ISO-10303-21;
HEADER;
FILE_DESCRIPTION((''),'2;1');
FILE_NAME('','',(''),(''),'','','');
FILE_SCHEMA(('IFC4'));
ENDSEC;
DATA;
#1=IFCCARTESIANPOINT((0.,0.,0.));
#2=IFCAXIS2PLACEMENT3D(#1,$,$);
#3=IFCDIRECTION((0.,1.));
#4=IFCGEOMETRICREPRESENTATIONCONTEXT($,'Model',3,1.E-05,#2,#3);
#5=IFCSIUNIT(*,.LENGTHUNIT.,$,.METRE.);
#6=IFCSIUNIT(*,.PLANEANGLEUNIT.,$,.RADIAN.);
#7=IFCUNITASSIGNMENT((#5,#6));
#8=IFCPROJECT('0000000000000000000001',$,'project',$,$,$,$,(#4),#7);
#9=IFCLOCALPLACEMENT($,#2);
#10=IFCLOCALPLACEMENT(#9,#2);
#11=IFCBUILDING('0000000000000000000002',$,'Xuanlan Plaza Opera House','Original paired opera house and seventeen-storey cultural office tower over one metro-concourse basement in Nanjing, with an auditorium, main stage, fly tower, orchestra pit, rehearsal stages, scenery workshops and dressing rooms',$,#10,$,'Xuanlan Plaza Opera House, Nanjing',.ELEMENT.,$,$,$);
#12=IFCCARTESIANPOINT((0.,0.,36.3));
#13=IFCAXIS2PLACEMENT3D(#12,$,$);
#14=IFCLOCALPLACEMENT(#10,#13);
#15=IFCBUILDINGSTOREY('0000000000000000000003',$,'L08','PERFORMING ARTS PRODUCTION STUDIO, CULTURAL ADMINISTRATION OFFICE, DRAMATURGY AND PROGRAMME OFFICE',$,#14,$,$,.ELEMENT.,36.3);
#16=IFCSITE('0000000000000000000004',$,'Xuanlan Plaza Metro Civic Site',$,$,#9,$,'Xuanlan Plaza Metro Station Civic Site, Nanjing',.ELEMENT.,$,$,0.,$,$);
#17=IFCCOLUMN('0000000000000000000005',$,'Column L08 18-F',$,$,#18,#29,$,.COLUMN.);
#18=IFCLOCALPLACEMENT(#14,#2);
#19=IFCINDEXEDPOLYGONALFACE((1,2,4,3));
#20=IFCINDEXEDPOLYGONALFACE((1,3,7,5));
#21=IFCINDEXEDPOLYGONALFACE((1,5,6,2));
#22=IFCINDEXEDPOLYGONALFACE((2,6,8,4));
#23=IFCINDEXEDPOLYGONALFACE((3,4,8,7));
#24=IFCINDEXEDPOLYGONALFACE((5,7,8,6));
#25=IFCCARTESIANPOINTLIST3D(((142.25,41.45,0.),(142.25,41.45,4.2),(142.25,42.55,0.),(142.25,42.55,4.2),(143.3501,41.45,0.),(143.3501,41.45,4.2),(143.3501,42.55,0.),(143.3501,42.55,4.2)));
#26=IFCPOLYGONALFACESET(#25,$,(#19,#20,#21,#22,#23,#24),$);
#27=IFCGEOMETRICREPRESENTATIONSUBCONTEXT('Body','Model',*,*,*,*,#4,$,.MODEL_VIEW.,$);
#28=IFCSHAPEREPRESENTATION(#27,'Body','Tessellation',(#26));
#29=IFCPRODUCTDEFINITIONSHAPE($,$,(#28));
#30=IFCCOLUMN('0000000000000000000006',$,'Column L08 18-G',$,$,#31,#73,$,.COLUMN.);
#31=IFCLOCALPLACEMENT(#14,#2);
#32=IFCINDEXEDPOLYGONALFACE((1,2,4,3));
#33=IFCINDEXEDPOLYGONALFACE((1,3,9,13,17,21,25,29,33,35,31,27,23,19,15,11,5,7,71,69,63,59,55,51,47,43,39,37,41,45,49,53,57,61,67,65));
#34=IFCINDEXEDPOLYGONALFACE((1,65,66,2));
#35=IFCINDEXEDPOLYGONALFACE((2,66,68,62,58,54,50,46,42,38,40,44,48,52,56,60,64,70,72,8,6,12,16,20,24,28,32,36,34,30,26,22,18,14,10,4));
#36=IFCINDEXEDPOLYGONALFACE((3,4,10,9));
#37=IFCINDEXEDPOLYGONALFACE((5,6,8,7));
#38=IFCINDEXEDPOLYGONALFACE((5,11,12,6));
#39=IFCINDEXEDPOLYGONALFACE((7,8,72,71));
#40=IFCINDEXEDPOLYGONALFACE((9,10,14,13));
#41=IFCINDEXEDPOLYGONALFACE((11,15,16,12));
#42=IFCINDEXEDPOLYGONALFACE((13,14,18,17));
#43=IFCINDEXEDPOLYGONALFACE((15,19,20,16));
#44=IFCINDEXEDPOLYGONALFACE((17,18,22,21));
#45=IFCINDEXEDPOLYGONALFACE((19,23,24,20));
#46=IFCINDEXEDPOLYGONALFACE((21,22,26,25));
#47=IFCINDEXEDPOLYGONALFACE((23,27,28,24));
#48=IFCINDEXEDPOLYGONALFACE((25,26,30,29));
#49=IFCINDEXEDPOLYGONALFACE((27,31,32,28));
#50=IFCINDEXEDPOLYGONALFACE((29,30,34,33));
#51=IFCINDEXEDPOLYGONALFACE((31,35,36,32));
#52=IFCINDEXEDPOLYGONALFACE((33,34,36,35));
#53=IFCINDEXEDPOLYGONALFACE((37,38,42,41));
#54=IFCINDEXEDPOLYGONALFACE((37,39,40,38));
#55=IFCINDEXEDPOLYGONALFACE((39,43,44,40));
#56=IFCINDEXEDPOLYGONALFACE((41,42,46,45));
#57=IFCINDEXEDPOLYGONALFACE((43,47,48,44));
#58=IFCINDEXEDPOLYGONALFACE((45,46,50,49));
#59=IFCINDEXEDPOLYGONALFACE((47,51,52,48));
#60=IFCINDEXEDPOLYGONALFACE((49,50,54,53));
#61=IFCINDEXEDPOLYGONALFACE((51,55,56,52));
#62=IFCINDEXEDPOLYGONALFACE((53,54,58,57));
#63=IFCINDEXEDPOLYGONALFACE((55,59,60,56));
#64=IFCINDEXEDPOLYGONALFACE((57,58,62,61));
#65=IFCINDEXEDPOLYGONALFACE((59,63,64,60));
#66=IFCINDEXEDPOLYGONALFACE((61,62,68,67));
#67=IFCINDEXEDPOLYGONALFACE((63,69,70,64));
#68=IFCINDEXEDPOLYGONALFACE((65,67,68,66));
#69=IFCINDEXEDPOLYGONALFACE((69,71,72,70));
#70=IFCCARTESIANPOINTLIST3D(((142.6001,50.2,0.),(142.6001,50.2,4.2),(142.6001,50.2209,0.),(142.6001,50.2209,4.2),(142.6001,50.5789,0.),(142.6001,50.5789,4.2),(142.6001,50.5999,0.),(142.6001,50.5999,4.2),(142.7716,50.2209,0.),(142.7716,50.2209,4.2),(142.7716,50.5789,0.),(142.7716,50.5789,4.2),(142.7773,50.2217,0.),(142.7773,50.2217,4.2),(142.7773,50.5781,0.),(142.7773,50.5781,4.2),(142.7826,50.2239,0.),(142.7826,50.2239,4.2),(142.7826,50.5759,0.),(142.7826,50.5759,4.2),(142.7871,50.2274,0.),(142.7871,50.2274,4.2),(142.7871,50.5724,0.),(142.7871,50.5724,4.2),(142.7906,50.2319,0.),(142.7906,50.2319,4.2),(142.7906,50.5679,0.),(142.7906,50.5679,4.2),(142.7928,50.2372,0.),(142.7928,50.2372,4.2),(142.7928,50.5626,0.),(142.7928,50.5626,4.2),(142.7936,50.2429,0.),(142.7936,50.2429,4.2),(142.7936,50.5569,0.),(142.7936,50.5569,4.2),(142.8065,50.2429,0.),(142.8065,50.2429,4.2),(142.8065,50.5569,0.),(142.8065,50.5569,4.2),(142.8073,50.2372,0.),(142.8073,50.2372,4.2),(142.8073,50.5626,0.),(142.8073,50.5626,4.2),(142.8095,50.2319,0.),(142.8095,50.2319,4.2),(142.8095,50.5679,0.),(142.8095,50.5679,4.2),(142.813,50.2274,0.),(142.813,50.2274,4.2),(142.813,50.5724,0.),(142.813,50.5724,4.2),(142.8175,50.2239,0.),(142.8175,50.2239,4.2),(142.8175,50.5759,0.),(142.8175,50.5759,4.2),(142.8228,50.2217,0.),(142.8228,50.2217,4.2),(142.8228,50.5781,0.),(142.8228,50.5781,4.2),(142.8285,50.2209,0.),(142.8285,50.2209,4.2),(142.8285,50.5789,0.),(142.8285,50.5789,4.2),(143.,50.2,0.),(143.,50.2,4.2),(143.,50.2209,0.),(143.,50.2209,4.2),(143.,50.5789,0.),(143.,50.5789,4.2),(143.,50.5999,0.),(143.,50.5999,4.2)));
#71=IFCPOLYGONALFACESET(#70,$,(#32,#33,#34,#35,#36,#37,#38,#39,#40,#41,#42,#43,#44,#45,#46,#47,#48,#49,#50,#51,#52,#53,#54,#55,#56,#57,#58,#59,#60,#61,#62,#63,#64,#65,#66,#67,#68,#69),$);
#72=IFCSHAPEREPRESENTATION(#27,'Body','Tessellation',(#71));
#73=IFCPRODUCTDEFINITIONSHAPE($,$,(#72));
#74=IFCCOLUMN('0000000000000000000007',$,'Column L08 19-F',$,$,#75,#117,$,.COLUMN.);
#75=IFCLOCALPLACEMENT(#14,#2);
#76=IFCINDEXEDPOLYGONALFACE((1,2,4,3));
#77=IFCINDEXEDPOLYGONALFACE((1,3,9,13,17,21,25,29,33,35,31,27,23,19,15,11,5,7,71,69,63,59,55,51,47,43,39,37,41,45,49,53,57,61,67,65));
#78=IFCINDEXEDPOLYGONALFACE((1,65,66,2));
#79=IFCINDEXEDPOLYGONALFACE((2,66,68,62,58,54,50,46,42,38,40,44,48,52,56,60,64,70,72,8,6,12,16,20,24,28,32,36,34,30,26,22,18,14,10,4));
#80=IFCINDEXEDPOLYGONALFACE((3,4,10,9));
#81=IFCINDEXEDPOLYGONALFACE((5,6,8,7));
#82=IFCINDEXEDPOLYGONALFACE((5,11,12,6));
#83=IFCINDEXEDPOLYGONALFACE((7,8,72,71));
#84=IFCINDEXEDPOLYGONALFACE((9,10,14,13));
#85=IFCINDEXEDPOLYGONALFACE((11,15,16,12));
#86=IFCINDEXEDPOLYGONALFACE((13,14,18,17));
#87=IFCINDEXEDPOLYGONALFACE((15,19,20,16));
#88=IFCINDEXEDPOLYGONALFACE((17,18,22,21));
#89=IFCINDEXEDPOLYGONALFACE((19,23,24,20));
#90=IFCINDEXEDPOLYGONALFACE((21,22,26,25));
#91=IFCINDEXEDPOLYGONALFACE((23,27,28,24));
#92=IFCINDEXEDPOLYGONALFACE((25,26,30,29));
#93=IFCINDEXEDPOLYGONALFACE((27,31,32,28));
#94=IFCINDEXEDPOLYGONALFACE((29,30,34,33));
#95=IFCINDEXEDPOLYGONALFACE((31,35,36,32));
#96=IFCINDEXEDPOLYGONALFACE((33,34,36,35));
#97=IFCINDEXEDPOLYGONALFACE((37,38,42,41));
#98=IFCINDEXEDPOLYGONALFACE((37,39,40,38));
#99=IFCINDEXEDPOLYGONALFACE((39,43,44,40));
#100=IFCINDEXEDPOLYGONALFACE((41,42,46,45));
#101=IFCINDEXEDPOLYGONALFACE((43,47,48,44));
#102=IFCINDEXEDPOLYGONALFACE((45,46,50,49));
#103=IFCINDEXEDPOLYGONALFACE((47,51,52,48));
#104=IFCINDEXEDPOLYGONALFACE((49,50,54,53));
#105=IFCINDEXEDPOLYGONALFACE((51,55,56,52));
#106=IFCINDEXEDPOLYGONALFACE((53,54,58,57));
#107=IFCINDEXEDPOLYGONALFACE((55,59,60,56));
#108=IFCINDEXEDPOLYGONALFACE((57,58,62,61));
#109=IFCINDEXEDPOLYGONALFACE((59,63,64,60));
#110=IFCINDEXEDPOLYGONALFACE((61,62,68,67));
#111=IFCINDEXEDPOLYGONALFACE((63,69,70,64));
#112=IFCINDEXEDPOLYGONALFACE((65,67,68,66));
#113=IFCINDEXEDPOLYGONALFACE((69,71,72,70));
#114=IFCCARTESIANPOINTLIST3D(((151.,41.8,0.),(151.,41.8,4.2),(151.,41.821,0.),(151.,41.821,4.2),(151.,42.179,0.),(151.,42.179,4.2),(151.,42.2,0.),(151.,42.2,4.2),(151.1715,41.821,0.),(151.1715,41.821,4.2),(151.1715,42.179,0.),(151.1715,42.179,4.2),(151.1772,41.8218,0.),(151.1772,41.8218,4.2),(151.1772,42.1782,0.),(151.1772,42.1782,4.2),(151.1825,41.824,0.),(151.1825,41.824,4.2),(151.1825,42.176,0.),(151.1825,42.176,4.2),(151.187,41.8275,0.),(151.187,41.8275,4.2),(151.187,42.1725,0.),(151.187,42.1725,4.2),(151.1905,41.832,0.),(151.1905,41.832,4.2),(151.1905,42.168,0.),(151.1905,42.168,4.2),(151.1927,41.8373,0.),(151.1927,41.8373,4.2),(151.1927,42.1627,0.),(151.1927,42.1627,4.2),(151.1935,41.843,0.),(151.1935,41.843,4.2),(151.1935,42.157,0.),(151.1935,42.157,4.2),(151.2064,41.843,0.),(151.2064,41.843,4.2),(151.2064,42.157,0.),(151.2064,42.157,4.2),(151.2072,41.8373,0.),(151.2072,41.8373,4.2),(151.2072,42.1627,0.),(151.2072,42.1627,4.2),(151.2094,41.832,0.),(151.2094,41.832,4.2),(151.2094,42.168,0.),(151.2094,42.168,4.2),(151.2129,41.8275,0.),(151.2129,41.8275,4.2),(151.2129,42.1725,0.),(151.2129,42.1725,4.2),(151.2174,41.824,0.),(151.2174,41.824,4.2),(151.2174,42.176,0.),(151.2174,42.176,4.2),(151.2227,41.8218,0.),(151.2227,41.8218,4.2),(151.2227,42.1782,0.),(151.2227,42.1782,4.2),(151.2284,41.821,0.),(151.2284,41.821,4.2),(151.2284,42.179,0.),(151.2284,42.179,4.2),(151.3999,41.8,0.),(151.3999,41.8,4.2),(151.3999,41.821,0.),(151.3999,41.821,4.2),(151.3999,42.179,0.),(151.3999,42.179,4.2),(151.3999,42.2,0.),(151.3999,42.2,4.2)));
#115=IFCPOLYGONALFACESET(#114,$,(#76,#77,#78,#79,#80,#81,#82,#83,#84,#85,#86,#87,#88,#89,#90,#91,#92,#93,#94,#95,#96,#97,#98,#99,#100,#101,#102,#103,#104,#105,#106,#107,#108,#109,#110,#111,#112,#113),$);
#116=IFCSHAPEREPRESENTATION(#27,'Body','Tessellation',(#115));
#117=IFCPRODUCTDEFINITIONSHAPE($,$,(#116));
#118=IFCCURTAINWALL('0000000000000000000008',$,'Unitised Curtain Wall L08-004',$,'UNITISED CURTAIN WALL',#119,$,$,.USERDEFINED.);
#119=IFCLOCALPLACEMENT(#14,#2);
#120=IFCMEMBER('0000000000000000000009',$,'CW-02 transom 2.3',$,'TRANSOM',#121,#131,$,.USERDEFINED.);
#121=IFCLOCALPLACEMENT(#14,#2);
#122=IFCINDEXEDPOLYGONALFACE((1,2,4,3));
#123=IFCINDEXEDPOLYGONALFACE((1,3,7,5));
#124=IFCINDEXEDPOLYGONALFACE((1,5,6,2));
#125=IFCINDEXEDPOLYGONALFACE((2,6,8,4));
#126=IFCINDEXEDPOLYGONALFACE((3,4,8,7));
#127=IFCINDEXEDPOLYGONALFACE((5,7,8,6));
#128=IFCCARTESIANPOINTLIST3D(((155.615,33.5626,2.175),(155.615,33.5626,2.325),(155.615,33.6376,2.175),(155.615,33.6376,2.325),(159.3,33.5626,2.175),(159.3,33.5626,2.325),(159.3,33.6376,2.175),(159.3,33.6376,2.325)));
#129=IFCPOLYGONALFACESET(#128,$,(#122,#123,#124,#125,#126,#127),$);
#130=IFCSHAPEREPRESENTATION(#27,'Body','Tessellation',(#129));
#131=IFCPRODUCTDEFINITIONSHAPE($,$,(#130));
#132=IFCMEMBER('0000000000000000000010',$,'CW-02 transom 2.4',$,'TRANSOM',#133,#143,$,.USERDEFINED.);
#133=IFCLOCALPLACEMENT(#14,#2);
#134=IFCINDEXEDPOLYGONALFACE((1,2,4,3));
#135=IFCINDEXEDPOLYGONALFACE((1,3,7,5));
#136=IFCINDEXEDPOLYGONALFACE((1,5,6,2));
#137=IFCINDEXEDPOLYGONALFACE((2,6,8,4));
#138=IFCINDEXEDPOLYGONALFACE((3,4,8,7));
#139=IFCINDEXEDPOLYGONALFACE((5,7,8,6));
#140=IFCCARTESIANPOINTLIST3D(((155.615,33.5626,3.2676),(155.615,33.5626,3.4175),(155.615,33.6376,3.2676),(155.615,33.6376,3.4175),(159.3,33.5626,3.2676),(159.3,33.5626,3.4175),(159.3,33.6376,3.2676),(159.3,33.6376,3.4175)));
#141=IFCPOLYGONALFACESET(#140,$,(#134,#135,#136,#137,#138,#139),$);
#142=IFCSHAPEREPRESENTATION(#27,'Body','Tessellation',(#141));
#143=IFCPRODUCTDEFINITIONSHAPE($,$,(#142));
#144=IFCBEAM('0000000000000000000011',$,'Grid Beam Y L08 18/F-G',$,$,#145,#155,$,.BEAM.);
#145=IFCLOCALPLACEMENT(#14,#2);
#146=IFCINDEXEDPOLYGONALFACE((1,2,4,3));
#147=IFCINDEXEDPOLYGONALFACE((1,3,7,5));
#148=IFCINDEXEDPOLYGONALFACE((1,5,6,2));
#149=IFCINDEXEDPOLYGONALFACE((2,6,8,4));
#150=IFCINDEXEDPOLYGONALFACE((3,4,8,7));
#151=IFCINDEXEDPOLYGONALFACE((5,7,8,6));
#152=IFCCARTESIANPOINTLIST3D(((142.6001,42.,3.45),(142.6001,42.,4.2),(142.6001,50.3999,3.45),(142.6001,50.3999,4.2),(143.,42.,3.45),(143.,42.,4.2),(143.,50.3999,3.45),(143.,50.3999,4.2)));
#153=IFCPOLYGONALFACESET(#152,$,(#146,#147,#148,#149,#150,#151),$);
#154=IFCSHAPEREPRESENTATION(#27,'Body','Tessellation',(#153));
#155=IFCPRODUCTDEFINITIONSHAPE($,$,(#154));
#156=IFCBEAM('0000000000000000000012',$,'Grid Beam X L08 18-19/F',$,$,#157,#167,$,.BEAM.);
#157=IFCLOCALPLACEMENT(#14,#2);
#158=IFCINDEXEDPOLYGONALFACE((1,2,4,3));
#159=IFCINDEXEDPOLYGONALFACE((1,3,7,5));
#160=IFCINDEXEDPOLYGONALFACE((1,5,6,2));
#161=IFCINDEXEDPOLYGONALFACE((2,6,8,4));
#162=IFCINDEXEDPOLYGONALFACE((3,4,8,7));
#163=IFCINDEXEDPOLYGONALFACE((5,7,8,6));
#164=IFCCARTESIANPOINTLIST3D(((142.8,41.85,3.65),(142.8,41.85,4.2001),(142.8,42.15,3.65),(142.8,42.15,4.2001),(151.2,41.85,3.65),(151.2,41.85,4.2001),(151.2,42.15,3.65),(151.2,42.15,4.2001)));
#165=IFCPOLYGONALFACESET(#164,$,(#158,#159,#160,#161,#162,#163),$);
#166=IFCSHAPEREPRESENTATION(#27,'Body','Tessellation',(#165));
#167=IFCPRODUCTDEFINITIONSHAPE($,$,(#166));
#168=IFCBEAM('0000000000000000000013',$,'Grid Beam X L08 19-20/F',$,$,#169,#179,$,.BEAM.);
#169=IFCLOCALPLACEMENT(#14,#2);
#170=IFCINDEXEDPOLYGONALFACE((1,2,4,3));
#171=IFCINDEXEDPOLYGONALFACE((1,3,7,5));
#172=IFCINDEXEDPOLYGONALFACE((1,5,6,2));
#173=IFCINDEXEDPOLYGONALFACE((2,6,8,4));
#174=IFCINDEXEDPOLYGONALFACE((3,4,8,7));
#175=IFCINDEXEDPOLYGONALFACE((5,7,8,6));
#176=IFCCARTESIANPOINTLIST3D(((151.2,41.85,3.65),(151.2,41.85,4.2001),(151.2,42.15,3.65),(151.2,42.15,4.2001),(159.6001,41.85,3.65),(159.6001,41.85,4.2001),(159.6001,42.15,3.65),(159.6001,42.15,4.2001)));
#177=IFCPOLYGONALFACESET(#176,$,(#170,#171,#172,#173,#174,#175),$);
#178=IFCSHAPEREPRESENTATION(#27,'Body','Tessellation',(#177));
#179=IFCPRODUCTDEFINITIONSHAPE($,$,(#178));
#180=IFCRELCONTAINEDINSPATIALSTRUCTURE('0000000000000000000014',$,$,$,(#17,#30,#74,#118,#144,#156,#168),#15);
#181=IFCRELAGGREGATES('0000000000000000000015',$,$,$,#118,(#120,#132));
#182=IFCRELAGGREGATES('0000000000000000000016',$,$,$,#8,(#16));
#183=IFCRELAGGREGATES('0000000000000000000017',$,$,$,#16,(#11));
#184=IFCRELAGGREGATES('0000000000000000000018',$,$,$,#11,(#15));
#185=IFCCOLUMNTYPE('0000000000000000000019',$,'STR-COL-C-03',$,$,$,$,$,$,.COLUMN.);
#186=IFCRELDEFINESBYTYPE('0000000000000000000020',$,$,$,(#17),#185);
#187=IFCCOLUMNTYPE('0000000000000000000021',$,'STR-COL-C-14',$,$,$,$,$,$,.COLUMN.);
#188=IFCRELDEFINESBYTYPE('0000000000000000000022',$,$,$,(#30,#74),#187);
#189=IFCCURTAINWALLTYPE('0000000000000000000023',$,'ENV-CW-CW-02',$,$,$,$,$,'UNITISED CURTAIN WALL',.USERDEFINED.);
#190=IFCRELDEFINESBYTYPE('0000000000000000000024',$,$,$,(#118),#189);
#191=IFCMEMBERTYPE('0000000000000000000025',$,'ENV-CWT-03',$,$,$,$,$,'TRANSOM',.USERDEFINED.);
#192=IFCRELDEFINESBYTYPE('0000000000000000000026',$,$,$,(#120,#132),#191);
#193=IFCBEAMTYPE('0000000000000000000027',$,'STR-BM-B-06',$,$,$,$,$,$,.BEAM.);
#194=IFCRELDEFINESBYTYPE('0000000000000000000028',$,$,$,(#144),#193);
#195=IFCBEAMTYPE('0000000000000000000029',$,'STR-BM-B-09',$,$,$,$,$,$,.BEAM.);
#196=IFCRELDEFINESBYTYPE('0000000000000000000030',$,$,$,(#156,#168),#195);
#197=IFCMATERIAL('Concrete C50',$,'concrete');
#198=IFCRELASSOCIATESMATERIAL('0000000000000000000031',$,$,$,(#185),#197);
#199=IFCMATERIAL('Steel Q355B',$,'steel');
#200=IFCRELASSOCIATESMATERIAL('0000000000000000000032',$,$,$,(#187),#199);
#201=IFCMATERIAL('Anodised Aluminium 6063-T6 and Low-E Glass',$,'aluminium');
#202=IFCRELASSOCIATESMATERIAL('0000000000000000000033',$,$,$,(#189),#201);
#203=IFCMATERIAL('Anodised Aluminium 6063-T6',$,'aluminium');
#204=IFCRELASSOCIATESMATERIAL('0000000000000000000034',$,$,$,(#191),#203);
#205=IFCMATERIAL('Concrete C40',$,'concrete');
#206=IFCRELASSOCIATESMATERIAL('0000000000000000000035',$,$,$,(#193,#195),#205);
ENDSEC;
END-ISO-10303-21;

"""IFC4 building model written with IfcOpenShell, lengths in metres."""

from ifc_helpers import new_model, si_unit, direction, frame, origin, origin_2d, place, context, subcontext, project, spatial, rectangle, i_section, extrude, material, material_profile, profile_set, type_object, element, aggregate, save


model = new_model("IFC4")

# Units and contexts
model_context = context("Model", 3, precision=1e-05, world=origin(), true_north=direction((0.0, 1.0)))
body_context = subcontext(model_context, "Body", "Model", "MODEL_VIEW")
ifc_project = project(units=[si_unit("LENGTHUNIT", "METRE"), si_unit("PLANEANGLEUNIT", "RADIAN")], contexts=[model_context])

# Site, building, storey
site_placement = place(None, origin())
site = spatial("IfcSite", under=ifc_project, at=site_placement, Name="Xuanlan Plaza Metro Civic Site", LongName="Xuanlan Plaza Metro Station Civic Site, Nanjing", CompositionType="ELEMENT", RefElevation=0.0)
building_placement = place(site_placement, origin())
building = spatial("IfcBuilding", under=site, at=building_placement, Name="Xuanlan Plaza Opera House", Description="Original paired opera house and seventeen-storey cultural office tower over one metro-concourse basement in Nanjing, with an auditorium, main stage, fly tower, orchestra pit, rehearsal stages, scenery workshops and dressing rooms", LongName="Xuanlan Plaza Opera House, Nanjing", CompositionType="ELEMENT")
storey_placement = place(building_placement, frame((0.0, 0.0, 36.3)))
storey = spatial("IfcBuildingStorey", under=building, at=storey_placement, Name="L08", Description="PERFORMING ARTS PRODUCTION STUDIO, CULTURAL ADMINISTRATION OFFICE, DRAMATURGY AND PROGRAMME OFFICE", CompositionType="ELEMENT", Elevation=36.3)

# Columns
ifc_material_1 = material(Name="Concrete C50", Category="concrete")
ifc_material_profile_1 = material_profile(ifc_material_1, rectangle(XDim=1.1001, YDim=1.1001, at=origin_2d()), Name="RC-COL 1100x1100")
ifc_profile_set_1 = profile_set([ifc_material_profile_1], Name="Concrete C50")
column_type_1 = type_object("IfcColumnType", Name="STR-COL-C-03", PredefinedType="COLUMN", material=ifc_profile_set_1)
column_placement = place(storey_placement, frame((142.8, 42.0, 0.0), z_axis=(0.0, 0.0, 1.0), x_axis=(1.0, 0.0, 0.0)))
element("IfcColumn", 1, at=column_placement, inside=storey, type_object=column_type_1, Name="Column L08 18-F", PredefinedType="COLUMN", context=body_context, shape_type="SweptSolid", body=[
    extrude(rectangle(XDim=1.1001, YDim=1.1001, at=origin_2d()), origin(), (0.0, 0.0, 1.0), 4.2),
])
ifc_material_2 = material(Name="Steel Q355B", Category="steel")
ifc_material_profile_2 = material_profile(ifc_material_2, i_section(OverallWidth=0.3999, OverallDepth=0.3999, WebThickness=0.0129, FlangeThickness=0.021, FilletRadius=0.022, at=origin_2d()), Name="HW 400x400x13x21")
ifc_profile_set_2 = profile_set([ifc_material_profile_2], Name="Steel Q355B")
column_type_2 = type_object("IfcColumnType", Name="STR-COL-C-14", PredefinedType="COLUMN", material=ifc_profile_set_2)
for number, where, z_axis, x_axis, name in (
    (2, (142.8, 50.3999, 0.0), (0.0, 0.0, 1.0), (1.0, 0.0, 0.0), "Column L08 18-G"),
    (3, (151.2, 42.0, 0.0), (0.0, 0.0, 1.0), (1.0, 0.0, 0.0), "Column L08 19-F"),
):
    element("IfcColumn", number, at=place(storey_placement, frame(where, z_axis=z_axis, x_axis=x_axis)), inside=storey, type_object=column_type_2, Name=name, PredefinedType="COLUMN", context=body_context, shape_type="SweptSolid", body=[
        extrude(i_section(OverallWidth=0.3999, OverallDepth=0.3999, WebThickness=0.0129, FlangeThickness=0.021, FilletRadius=0.022, at=origin_2d()), origin(), (0.0, 0.0, 1.0), 4.2),
    ])

# Curtain wall, members
ifc_material_3 = material(Name="Anodised Aluminium 6063-T6 and Low-E Glass", Category="aluminium")
curtain_wall_type = type_object("IfcCurtainWallType", Name="ENV-CW-CW-02", ElementType="UNITISED CURTAIN WALL", PredefinedType="USERDEFINED", material=ifc_material_3)
curtain_wall_placement = place(storey_placement, origin())
curtain_wall = element("IfcCurtainWall", 4, at=curtain_wall_placement, inside=storey, type_object=curtain_wall_type, Name="Unitised Curtain Wall L08-004", ObjectType="UNITISED CURTAIN WALL", PredefinedType="USERDEFINED")
ifc_material_4 = material(Name="Anodised Aluminium 6063-T6", Category="aluminium")
ifc_material_profile_3 = material_profile(ifc_material_4, rectangle(XDim=0.075, YDim=0.1499, at=origin_2d()), Name="ALU-T 75x150")
ifc_profile_set_3 = profile_set([ifc_material_profile_3], Name="Anodised Aluminium 6063-T6")
member_type = type_object("IfcMemberType", Name="ENV-CWT-03", ElementType="TRANSOM", PredefinedType="USERDEFINED", material=ifc_profile_set_3)
member_1_placement = place(storey_placement, frame((155.615, 33.6001, 2.25), z_axis=(1.0, 0.0, 0.0), x_axis=(0.0, 1.0, 0.0)))
member_1 = element("IfcMember", 5, at=member_1_placement, type_object=member_type, Name="CW-02 transom 2.3", ObjectType="TRANSOM", PredefinedType="USERDEFINED", context=body_context, shape_type="SweptSolid", body=[
    extrude(rectangle(XDim=0.075, YDim=0.1499, at=origin_2d()), origin(), (0.0, 0.0, 1.0), 3.6851),
])
member_2_placement = place(storey_placement, frame((155.615, 33.6001, 3.3425), z_axis=(1.0, 0.0, 0.0), x_axis=(0.0, 1.0, 0.0)))
member_2 = element("IfcMember", 6, at=member_2_placement, type_object=member_type, Name="CW-02 transom 2.4", ObjectType="TRANSOM", PredefinedType="USERDEFINED", context=body_context, shape_type="SweptSolid", body=[
    extrude(rectangle(XDim=0.075, YDim=0.1499, at=origin_2d()), origin(), (0.0, 0.0, 1.0), 3.6851),
])

# Beams
ifc_material_5 = material(Name="Concrete C40", Category="concrete")
ifc_material_profile_4 = material_profile(ifc_material_5, rectangle(XDim=0.3999, YDim=0.75, at=origin_2d()), Name="RC-BM 400x750")
ifc_profile_set_4 = profile_set([ifc_material_profile_4], Name="Concrete C40")
beam_type_1 = type_object("IfcBeamType", Name="STR-BM-B-06", PredefinedType="BEAM", material=ifc_profile_set_4)
beam_1_placement = place(storey_placement, frame((142.8, 42.0, 3.825), z_axis=(0.0, 1.0, 0.0), x_axis=(-1.0, 0.0, 0.0)))
element("IfcBeam", 7, at=beam_1_placement, inside=storey, type_object=beam_type_1, Name="Grid Beam Y L08 18/F-G", PredefinedType="BEAM", context=body_context, shape_type="SweptSolid", body=[
    extrude(rectangle(XDim=0.3999, YDim=0.75, at=origin_2d()), origin(), (0.0, 0.0, 1.0), 8.3999),
])
ifc_material_profile_5 = material_profile(ifc_material_5, rectangle(XDim=0.3, YDim=0.55, at=origin_2d()), Name="RC-BM 300x550")
ifc_profile_set_5 = profile_set([ifc_material_profile_5], Name="Concrete C40")
beam_type_2 = type_object("IfcBeamType", Name="STR-BM-B-09", PredefinedType="BEAM", material=ifc_profile_set_5)
beam_2_placement = place(storey_placement, frame((142.8, 42.0, 3.925), z_axis=(1.0, 0.0, 0.0), x_axis=(0.0, 1.0, 0.0)))
element("IfcBeam", 8, at=beam_2_placement, inside=storey, type_object=beam_type_2, Name="Grid Beam X L08 18-19/F", PredefinedType="BEAM", context=body_context, shape_type="SweptSolid", body=[
    extrude(rectangle(XDim=0.3, YDim=0.55, at=origin_2d()), origin(), (0.0, 0.0, 1.0), 8.3999),
])
beam_3_placement = place(storey_placement, frame((151.2, 42.0, 3.925), z_axis=(1.0, 0.0, 0.0), x_axis=(0.0, 1.0, 0.0)))
element("IfcBeam", 9, at=beam_3_placement, inside=storey, type_object=beam_type_2, Name="Grid Beam X L08 19-20/F", PredefinedType="BEAM", context=body_context, shape_type="SweptSolid", body=[
    extrude(rectangle(XDim=0.3, YDim=0.55, at=origin_2d()), origin(), (0.0, 0.0, 1.0), 8.4001),
])

aggregate(curtain_wall, [member_1, member_2])

save(model, "model.ifc")
